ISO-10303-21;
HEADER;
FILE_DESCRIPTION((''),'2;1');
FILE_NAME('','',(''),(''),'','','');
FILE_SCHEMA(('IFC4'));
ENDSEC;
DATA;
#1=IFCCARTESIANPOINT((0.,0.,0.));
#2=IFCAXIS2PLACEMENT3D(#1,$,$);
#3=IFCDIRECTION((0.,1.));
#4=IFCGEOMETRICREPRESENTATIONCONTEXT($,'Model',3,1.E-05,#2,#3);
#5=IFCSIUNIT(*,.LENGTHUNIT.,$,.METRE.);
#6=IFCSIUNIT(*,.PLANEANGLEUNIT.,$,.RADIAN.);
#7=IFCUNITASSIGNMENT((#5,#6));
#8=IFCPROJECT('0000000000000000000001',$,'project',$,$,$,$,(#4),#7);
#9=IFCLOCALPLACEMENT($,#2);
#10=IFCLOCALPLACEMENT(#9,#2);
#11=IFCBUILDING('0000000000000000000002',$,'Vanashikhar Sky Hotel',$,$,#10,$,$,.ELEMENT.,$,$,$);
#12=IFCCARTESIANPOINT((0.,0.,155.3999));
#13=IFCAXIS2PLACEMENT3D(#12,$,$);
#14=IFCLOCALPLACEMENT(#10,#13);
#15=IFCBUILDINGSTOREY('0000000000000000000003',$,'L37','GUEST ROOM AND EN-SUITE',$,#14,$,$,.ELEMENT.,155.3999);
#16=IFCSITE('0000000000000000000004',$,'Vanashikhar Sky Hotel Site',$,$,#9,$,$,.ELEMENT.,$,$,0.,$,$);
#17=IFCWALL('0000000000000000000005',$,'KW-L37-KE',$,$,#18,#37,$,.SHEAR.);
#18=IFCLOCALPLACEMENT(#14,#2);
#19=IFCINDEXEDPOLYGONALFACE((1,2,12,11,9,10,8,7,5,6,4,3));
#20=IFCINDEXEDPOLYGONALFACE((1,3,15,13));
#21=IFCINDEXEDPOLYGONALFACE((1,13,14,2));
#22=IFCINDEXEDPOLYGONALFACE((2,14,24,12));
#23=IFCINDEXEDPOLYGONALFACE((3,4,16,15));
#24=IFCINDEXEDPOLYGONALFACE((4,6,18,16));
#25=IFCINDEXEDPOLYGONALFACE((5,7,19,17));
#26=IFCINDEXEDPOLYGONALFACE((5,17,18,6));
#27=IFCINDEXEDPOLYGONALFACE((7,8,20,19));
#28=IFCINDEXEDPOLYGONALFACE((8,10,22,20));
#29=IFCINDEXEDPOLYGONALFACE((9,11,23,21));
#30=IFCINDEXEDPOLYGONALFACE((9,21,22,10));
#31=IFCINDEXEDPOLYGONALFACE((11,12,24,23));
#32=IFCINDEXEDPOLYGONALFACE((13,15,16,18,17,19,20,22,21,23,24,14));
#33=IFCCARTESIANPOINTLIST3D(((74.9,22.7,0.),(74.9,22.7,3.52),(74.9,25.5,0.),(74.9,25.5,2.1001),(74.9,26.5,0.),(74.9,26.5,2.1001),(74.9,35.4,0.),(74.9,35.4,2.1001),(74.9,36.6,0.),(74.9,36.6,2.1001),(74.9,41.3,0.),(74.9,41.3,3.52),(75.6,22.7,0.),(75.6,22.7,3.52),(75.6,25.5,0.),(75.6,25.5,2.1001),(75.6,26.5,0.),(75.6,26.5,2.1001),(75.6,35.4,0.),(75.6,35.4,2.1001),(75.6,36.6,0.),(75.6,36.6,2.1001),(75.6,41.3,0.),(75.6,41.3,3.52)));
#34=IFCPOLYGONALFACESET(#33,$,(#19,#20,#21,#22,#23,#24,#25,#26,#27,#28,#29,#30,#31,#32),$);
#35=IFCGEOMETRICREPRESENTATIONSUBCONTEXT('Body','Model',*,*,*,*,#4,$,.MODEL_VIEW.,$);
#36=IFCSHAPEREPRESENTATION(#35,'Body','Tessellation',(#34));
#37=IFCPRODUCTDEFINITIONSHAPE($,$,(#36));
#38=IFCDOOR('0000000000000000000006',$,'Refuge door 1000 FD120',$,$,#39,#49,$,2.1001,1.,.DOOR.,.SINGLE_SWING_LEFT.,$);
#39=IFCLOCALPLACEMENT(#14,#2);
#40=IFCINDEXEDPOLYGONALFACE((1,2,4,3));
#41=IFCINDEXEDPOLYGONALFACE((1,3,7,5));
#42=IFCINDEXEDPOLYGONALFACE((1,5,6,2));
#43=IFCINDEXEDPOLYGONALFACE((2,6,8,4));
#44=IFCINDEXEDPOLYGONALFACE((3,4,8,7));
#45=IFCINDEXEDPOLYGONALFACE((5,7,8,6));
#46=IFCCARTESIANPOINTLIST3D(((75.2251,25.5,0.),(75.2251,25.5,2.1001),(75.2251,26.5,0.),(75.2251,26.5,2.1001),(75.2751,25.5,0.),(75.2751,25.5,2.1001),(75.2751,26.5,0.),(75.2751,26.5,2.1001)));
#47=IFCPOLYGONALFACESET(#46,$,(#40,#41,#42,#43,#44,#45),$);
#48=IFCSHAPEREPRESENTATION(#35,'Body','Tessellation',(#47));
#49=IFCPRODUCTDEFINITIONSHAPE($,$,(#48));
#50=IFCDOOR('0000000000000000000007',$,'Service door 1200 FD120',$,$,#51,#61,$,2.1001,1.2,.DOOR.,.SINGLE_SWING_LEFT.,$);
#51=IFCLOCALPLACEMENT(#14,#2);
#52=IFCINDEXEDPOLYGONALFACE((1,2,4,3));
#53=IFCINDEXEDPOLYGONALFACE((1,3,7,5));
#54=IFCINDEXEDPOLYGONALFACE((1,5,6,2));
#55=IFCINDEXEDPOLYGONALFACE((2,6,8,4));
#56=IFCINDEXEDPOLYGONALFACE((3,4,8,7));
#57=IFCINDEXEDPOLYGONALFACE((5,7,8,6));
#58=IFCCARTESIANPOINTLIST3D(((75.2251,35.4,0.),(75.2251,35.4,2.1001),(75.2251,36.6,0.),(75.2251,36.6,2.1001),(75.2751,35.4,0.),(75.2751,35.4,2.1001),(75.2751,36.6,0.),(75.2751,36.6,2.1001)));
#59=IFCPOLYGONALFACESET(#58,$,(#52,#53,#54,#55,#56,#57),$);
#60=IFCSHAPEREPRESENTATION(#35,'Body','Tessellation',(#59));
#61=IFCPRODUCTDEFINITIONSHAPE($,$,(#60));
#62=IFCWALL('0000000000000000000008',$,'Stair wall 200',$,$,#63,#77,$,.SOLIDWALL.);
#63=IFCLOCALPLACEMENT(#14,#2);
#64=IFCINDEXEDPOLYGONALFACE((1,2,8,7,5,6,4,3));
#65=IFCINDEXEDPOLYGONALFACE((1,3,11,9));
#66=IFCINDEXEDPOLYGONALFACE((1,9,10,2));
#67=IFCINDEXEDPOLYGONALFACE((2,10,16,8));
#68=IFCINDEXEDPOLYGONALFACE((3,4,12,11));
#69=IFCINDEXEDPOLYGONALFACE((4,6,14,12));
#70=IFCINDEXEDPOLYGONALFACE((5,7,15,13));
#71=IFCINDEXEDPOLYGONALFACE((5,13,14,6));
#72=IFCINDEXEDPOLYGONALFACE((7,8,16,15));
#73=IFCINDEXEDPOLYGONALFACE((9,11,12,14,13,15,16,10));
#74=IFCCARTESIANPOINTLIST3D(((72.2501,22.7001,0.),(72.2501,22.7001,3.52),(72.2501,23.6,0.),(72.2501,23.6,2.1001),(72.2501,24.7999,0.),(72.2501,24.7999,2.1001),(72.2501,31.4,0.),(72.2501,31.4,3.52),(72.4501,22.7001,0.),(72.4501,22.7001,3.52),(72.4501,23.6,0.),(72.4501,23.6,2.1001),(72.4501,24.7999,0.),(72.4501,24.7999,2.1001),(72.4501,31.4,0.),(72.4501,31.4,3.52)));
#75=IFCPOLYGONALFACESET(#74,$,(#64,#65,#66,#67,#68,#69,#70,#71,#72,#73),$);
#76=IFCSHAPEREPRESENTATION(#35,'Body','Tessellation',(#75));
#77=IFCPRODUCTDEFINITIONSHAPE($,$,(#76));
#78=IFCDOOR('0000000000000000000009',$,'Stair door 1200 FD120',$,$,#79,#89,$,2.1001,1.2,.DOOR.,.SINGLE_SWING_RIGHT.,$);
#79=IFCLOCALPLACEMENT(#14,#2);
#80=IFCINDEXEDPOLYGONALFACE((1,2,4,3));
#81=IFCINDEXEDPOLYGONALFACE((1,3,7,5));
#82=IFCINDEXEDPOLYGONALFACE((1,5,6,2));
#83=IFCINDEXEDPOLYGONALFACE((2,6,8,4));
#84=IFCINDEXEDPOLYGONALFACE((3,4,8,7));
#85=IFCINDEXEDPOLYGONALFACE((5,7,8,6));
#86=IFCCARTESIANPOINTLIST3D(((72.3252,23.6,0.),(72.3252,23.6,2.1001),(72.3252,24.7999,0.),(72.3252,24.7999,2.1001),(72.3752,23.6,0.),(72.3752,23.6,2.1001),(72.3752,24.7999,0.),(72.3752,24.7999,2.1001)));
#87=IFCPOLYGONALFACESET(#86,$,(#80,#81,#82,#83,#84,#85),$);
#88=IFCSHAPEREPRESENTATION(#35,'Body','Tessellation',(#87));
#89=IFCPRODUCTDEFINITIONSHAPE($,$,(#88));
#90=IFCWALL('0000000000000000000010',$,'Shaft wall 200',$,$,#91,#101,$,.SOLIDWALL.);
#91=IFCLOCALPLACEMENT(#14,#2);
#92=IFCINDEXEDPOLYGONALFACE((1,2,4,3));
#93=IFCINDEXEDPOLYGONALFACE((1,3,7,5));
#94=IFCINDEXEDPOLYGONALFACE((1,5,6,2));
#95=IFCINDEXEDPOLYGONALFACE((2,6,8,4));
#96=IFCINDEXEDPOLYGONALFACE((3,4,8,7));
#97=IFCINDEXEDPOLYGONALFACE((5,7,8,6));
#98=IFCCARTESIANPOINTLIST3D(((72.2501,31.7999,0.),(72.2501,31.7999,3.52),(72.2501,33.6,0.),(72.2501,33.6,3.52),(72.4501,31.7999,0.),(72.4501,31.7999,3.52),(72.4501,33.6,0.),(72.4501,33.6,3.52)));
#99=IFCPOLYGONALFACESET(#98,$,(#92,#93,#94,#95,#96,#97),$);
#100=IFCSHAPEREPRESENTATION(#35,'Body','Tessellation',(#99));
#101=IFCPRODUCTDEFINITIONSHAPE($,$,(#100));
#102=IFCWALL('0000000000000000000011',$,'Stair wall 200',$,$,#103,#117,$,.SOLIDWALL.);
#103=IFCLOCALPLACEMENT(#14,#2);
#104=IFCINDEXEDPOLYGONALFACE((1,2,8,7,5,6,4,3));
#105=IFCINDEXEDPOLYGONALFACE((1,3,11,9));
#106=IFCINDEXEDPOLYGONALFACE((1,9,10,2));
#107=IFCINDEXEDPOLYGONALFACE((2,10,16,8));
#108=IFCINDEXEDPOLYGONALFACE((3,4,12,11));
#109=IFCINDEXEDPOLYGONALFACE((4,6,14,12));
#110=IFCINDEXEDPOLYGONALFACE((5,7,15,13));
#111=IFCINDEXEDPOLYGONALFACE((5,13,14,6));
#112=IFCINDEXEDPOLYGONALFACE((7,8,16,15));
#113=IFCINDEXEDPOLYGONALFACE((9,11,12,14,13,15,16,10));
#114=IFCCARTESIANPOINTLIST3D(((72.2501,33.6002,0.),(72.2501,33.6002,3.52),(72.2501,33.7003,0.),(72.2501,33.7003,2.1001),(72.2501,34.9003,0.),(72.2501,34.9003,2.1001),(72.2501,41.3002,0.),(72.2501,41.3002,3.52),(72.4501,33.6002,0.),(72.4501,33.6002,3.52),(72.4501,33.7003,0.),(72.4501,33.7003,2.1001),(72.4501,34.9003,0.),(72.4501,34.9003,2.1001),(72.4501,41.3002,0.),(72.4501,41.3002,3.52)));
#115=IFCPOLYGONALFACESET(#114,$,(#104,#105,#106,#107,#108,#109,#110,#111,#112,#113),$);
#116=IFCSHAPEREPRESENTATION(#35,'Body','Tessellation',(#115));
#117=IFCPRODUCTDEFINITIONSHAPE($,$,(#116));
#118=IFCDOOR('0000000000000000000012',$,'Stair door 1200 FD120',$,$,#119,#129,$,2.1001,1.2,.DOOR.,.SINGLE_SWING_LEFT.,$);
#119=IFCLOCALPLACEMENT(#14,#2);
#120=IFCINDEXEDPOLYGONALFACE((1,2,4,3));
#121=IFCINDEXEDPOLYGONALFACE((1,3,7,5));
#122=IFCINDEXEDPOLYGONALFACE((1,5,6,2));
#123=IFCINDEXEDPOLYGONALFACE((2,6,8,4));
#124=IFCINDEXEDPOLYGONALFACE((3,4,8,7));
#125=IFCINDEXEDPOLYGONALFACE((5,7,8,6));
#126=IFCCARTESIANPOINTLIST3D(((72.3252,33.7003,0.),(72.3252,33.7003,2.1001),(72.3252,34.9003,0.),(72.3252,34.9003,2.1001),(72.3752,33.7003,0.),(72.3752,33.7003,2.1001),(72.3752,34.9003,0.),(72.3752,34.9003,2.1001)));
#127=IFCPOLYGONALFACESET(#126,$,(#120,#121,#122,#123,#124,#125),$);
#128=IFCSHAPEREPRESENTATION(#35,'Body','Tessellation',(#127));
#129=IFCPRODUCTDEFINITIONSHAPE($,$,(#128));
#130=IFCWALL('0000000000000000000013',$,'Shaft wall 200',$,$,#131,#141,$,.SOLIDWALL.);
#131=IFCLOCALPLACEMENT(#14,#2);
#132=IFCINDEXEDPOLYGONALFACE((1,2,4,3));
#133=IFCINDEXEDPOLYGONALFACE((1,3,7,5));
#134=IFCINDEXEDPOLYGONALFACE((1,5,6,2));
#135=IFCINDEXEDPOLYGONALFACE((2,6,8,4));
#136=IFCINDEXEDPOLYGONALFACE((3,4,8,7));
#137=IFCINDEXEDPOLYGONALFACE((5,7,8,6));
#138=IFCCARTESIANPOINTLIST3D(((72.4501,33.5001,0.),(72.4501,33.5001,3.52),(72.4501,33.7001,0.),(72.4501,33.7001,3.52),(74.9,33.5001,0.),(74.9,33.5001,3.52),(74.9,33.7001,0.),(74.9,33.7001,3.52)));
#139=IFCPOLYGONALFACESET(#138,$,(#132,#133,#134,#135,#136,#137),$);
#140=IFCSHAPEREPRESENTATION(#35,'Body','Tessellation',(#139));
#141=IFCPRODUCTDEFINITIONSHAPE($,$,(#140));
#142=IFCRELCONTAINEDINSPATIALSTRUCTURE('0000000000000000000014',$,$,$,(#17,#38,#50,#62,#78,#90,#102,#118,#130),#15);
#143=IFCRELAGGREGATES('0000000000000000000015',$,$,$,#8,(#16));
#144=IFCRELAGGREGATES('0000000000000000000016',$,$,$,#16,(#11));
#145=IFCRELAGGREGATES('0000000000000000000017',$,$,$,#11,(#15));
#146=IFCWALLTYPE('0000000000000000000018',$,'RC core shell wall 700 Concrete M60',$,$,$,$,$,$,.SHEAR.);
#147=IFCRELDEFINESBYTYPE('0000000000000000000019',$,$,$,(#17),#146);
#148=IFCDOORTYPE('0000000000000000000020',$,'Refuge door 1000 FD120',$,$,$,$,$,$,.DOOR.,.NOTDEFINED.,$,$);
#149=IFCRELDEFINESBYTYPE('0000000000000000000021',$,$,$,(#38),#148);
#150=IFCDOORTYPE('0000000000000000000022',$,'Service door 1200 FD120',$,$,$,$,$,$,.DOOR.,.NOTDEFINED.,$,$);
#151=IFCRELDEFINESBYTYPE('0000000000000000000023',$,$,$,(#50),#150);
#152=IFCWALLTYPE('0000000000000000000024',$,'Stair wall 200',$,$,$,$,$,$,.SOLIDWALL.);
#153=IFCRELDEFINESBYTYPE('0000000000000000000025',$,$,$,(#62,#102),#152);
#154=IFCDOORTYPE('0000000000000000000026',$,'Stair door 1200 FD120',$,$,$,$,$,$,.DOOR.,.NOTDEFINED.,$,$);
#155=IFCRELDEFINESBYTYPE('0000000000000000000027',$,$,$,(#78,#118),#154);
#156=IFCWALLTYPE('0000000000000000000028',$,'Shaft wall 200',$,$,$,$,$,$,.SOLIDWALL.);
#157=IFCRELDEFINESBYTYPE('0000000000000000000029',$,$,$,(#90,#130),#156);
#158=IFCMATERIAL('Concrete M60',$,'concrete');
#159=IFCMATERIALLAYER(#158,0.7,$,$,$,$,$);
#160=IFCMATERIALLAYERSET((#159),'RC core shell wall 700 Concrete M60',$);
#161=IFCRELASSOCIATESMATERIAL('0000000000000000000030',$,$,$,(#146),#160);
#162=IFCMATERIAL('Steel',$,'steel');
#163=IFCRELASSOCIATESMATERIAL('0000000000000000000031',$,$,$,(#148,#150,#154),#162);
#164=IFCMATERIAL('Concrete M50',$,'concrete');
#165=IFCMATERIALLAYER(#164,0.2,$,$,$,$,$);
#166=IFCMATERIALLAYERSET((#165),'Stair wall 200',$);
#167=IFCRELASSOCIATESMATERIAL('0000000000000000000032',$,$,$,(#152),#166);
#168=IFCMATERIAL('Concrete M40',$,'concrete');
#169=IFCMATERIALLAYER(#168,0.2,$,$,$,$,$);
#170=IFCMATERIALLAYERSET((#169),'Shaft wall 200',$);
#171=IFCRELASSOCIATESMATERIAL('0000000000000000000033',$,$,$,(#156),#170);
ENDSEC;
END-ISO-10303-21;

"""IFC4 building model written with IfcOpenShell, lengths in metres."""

from ifc_helpers import new_model, si_unit, direction, frame, frame_2d, origin, place, context, subcontext, project, spatial, rectangle, extrude, source, transform, mapped, material, layer, layer_set, type_object, element, fill, save


model = new_model("IFC4")

# Units and contexts
model_context = context("Model", 3, precision=1e-05, world=origin(), true_north=direction((0.0, 1.0)))
body_context = subcontext(model_context, "Body", "Model", "MODEL_VIEW")
ifc_project = project(units=[si_unit("LENGTHUNIT", "METRE"), si_unit("PLANEANGLEUNIT", "RADIAN")], contexts=[model_context])

# Site, building, storey
site_placement = place(None, origin())
site = spatial("IfcSite", under=ifc_project, at=site_placement, Name="Vanashikhar Sky Hotel Site", CompositionType="ELEMENT", RefElevation=0.0)
building_placement = place(site_placement, origin())
building = spatial("IfcBuilding", under=site, at=building_placement, Name="Vanashikhar Sky Hotel", CompositionType="ELEMENT")
storey_placement = place(building_placement, frame((0.0, 0.0, 155.3999)))
storey = spatial("IfcBuildingStorey", under=building, at=storey_placement, Name="L37", Description="GUEST ROOM AND EN-SUITE", CompositionType="ELEMENT", Elevation=155.3999)

# Wall, openings, doors
ifc_material_1 = material(Name="Concrete M60", Category="concrete")
ifc_layer_1 = layer(ifc_material_1, 0.7)
ifc_layer_set_1 = layer_set([ifc_layer_1], Name="RC core shell wall 700 Concrete M60")
wall_type_1 = type_object("IfcWallType", Name="RC core shell wall 700 Concrete M60", PredefinedType="SHEAR", material=ifc_layer_set_1)
shared_shape_1 = source(origin(), body_context, "Body", "SweptSolid", [
    extrude(rectangle(XDim=18.6001, YDim=0.7, at=frame_2d((9.3, 0.0))), origin(), (0.0, 0.0, 1.0), 3.52),
])
wall_1_placement = place(storey_placement, frame((75.25, 22.7, 0.0), z_axis=(0.0, 0.0, 1.0), x_axis=(0.0, 1.0, 0.0)))
wall_1 = element("IfcWall", 1, at=wall_1_placement, inside=storey, type_object=wall_type_1, Name="KW-L37-KE", PredefinedType="SHEAR", context=body_context, shape_type="MappedRepresentation", body=[
    mapped(shared_shape_1, transform((0.0, 0.0, 0.0), scale=1.0)),
])
shared_shape_2 = source(origin(), body_context, "Body", "SweptSolid", [
    extrude(rectangle(XDim=1.0, YDim=2.1001, at=frame_2d((0.5, 1.05))), frame((0.0, 0.3599, 0.0), z_axis=(0.0, -1.0, 0.0), x_axis=(1.0, 0.0, 0.0)), (0.0, 0.0, 1.0), 0.72),
])
opening_1_placement = place(wall_1_placement, frame((2.8, 0.0, 0.0)))
opening_1 = element("IfcOpeningElement", 2, at=opening_1_placement, cuts=wall_1, PredefinedType="OPENING", context=body_context, shape_type="MappedRepresentation", body=[
    mapped(shared_shape_2, transform((0.0, 0.0, 0.0), scale=1.0)),
])
shared_shape_3 = source(origin(), body_context, "Body", "SweptSolid", [
    extrude(rectangle(XDim=1.2, YDim=2.1001, at=frame_2d((0.6001, 1.05))), frame((0.0, 0.3599, 0.0), z_axis=(0.0, -1.0, 0.0), x_axis=(1.0, 0.0, 0.0)), (0.0, 0.0, 1.0), 0.72),
])
opening_2_placement = place(wall_1_placement, frame((12.7, 0.0, 0.0)))
opening_2 = element("IfcOpeningElement", 3, at=opening_2_placement, cuts=wall_1, PredefinedType="OPENING", context=body_context, shape_type="MappedRepresentation", body=[
    mapped(shared_shape_3, transform((0.0, 0.0, 0.0), scale=1.0)),
])
ifc_material_2 = material(Name="Steel", Category="steel")
door_type_1 = type_object("IfcDoorType", Name="Refuge door 1000 FD120", OperationType="NOTDEFINED", PredefinedType="DOOR", material=ifc_material_2)
shared_shape_4 = source(origin(), body_context, "Body", "SweptSolid", [
    extrude(rectangle(XDim=1.0, YDim=2.1001, at=frame_2d((0.5, 1.05))), frame((0.0, 0.0249, 0.0), z_axis=(0.0, -1.0, 0.0), x_axis=(1.0, 0.0, 0.0)), (0.0, 0.0, 1.0), 0.05),
])
door_1_placement = place(opening_1_placement, origin())
door_1 = element("IfcDoor", 4, at=door_1_placement, inside=storey, type_object=door_type_1, Name="Refuge door 1000 FD120", OperationType="SINGLE_SWING_LEFT", OverallHeight=2.1001, OverallWidth=1.0, PredefinedType="DOOR", context=body_context, shape_type="MappedRepresentation", body=[
    mapped(shared_shape_4, transform((0.0, 0.0, 0.0), scale=1.0)),
])
fill(opening_1, door_1)
door_type_2 = type_object("IfcDoorType", Name="Service door 1200 FD120", OperationType="NOTDEFINED", PredefinedType="DOOR", material=ifc_material_2)
shared_shape_5 = source(origin(), body_context, "Body", "SweptSolid", [
    extrude(rectangle(XDim=1.2, YDim=2.1001, at=frame_2d((0.6001, 1.05))), frame((0.0, 0.0249, 0.0), z_axis=(0.0, -1.0, 0.0), x_axis=(1.0, 0.0, 0.0)), (0.0, 0.0, 1.0), 0.05),
])
door_2_placement = place(opening_2_placement, origin())
door_2 = element("IfcDoor", 5, at=door_2_placement, inside=storey, type_object=door_type_2, Name="Service door 1200 FD120", OperationType="SINGLE_SWING_LEFT", OverallHeight=2.1001, OverallWidth=1.2, PredefinedType="DOOR", context=body_context, shape_type="MappedRepresentation", body=[
    mapped(shared_shape_5, transform((0.0, 0.0, 0.0), scale=1.0)),
])
fill(opening_2, door_2)

# Wall, opening, door
ifc_material_3 = material(Name="Concrete M50", Category="concrete")
ifc_layer_2 = layer(ifc_material_3, 0.2)
ifc_layer_set_2 = layer_set([ifc_layer_2], Name="Stair wall 200")
wall_type_2 = type_object("IfcWallType", Name="Stair wall 200", PredefinedType="SOLIDWALL", material=ifc_layer_set_2)
shared_shape_6 = source(origin(), body_context, "Body", "SweptSolid", [
    extrude(rectangle(XDim=8.7, YDim=0.2, at=frame_2d((4.3501, 0.0))), origin(), (0.0, 0.0, 1.0), 3.52),
])
wall_2_placement = place(storey_placement, frame((72.3501, 22.7, 0.0), z_axis=(0.0, 0.0, 1.0), x_axis=(0.0, 1.0, 0.0)))
wall_2 = element("IfcWall", 6, at=wall_2_placement, inside=storey, type_object=wall_type_2, Name="Stair wall 200", PredefinedType="SOLIDWALL", context=body_context, shape_type="MappedRepresentation", body=[
    mapped(shared_shape_6, transform((0.0, 0.0, 0.0), scale=1.0)),
])
shared_shape_7 = source(origin(), body_context, "Body", "SweptSolid", [
    extrude(rectangle(XDim=1.2, YDim=2.1001, at=frame_2d((0.6001, 1.05))), frame((0.0, 0.1099, 0.0), z_axis=(0.0, -1.0, 0.0), x_axis=(1.0, 0.0, 0.0)), (0.0, 0.0, 1.0), 0.22),
])
opening_3_placement = place(wall_2_placement, frame((0.8999, 0.0, 0.0)))
opening_3 = element("IfcOpeningElement", 7, at=opening_3_placement, cuts=wall_2, PredefinedType="OPENING", context=body_context, shape_type="MappedRepresentation", body=[
    mapped(shared_shape_7, transform((0.0, 0.0, 0.0), scale=1.0)),
])
door_type_3 = type_object("IfcDoorType", Name="Stair door 1200 FD120", OperationType="NOTDEFINED", PredefinedType="DOOR", material=ifc_material_2)
door_3_placement = place(opening_3_placement, origin())
door_3 = element("IfcDoor", 8, at=door_3_placement, inside=storey, type_object=door_type_3, Name="Stair door 1200 FD120", OperationType="SINGLE_SWING_RIGHT", OverallHeight=2.1001, OverallWidth=1.2, PredefinedType="DOOR", context=body_context, shape_type="MappedRepresentation", body=[
    mapped(shared_shape_5, transform((0.0, 0.0, 0.0), scale=1.0)),
])
fill(opening_3, door_3)

# Wall
ifc_material_4 = material(Name="Concrete M40", Category="concrete")
ifc_layer_3 = layer(ifc_material_4, 0.2)
ifc_layer_set_3 = layer_set([ifc_layer_3], Name="Shaft wall 200")
wall_type_3 = type_object("IfcWallType", Name="Shaft wall 200", PredefinedType="SOLIDWALL", material=ifc_layer_set_3)
shared_shape_8 = source(origin(), body_context, "Body", "SweptSolid", [
    extrude(rectangle(XDim=1.8, YDim=0.2, at=frame_2d((0.8999, 0.0))), origin(), (0.0, 0.0, 1.0), 3.52),
])
wall_3_placement = place(storey_placement, frame((72.3501, 31.8, 0.0), z_axis=(0.0, 0.0, 1.0), x_axis=(0.0, 1.0, 0.0)))
element("IfcWall", 9, at=wall_3_placement, inside=storey, type_object=wall_type_3, Name="Shaft wall 200", PredefinedType="SOLIDWALL", context=body_context, shape_type="MappedRepresentation", body=[
    mapped(shared_shape_8, transform((0.0, 0.0, 0.0), scale=1.0)),
])

# Wall, opening, door
shared_shape_9 = source(origin(), body_context, "Body", "SweptSolid", [
    extrude(rectangle(XDim=7.7, YDim=0.2, at=frame_2d((3.8501, 0.0))), origin(), (0.0, 0.0, 1.0), 3.52),
])
wall_4_placement = place(storey_placement, frame((72.3501, 33.6001, 0.0), z_axis=(0.0, 0.0, 1.0), x_axis=(0.0, 1.0, 0.0)))
wall_4 = element("IfcWall", 10, at=wall_4_placement, inside=storey, type_object=wall_type_2, Name="Stair wall 200", PredefinedType="SOLIDWALL", context=body_context, shape_type="MappedRepresentation", body=[
    mapped(shared_shape_9, transform((0.0, 0.0, 0.0), scale=1.0)),
])
opening_4_placement = place(wall_4_placement, frame((0.1001, 0.0, 0.0)))
opening_4 = element("IfcOpeningElement", 11, at=opening_4_placement, cuts=wall_4, PredefinedType="OPENING", context=body_context, shape_type="MappedRepresentation", body=[
    mapped(shared_shape_7, transform((0.0, 0.0, 0.0), scale=1.0)),
])
door_4_placement = place(opening_4_placement, origin())
door_4 = element("IfcDoor", 12, at=door_4_placement, inside=storey, type_object=door_type_3, Name="Stair door 1200 FD120", OperationType="SINGLE_SWING_LEFT", OverallHeight=2.1001, OverallWidth=1.2, PredefinedType="DOOR", context=body_context, shape_type="MappedRepresentation", body=[
    mapped(shared_shape_5, transform((0.0, 0.0, 0.0), scale=1.0)),
])
fill(opening_4, door_4)

# Wall
shared_shape_10 = source(origin(), body_context, "Body", "SweptSolid", [
    extrude(rectangle(XDim=2.45, YDim=0.2, at=frame_2d((1.2251, 0.0))), origin(), (0.0, 0.0, 1.0), 3.52),
])
wall_5_placement = place(storey_placement, frame((72.45, 33.6001, 0.0), z_axis=(0.0, 0.0, 1.0), x_axis=(1.0, 0.0, 0.0)))
element("IfcWall", 13, at=wall_5_placement, inside=storey, type_object=wall_type_3, Name="Shaft wall 200", PredefinedType="SOLIDWALL", context=body_context, shape_type="MappedRepresentation", body=[
    mapped(shared_shape_10, transform((0.0, 0.0, 0.0), scale=1.0)),
])

save(model, "model.ifc")
